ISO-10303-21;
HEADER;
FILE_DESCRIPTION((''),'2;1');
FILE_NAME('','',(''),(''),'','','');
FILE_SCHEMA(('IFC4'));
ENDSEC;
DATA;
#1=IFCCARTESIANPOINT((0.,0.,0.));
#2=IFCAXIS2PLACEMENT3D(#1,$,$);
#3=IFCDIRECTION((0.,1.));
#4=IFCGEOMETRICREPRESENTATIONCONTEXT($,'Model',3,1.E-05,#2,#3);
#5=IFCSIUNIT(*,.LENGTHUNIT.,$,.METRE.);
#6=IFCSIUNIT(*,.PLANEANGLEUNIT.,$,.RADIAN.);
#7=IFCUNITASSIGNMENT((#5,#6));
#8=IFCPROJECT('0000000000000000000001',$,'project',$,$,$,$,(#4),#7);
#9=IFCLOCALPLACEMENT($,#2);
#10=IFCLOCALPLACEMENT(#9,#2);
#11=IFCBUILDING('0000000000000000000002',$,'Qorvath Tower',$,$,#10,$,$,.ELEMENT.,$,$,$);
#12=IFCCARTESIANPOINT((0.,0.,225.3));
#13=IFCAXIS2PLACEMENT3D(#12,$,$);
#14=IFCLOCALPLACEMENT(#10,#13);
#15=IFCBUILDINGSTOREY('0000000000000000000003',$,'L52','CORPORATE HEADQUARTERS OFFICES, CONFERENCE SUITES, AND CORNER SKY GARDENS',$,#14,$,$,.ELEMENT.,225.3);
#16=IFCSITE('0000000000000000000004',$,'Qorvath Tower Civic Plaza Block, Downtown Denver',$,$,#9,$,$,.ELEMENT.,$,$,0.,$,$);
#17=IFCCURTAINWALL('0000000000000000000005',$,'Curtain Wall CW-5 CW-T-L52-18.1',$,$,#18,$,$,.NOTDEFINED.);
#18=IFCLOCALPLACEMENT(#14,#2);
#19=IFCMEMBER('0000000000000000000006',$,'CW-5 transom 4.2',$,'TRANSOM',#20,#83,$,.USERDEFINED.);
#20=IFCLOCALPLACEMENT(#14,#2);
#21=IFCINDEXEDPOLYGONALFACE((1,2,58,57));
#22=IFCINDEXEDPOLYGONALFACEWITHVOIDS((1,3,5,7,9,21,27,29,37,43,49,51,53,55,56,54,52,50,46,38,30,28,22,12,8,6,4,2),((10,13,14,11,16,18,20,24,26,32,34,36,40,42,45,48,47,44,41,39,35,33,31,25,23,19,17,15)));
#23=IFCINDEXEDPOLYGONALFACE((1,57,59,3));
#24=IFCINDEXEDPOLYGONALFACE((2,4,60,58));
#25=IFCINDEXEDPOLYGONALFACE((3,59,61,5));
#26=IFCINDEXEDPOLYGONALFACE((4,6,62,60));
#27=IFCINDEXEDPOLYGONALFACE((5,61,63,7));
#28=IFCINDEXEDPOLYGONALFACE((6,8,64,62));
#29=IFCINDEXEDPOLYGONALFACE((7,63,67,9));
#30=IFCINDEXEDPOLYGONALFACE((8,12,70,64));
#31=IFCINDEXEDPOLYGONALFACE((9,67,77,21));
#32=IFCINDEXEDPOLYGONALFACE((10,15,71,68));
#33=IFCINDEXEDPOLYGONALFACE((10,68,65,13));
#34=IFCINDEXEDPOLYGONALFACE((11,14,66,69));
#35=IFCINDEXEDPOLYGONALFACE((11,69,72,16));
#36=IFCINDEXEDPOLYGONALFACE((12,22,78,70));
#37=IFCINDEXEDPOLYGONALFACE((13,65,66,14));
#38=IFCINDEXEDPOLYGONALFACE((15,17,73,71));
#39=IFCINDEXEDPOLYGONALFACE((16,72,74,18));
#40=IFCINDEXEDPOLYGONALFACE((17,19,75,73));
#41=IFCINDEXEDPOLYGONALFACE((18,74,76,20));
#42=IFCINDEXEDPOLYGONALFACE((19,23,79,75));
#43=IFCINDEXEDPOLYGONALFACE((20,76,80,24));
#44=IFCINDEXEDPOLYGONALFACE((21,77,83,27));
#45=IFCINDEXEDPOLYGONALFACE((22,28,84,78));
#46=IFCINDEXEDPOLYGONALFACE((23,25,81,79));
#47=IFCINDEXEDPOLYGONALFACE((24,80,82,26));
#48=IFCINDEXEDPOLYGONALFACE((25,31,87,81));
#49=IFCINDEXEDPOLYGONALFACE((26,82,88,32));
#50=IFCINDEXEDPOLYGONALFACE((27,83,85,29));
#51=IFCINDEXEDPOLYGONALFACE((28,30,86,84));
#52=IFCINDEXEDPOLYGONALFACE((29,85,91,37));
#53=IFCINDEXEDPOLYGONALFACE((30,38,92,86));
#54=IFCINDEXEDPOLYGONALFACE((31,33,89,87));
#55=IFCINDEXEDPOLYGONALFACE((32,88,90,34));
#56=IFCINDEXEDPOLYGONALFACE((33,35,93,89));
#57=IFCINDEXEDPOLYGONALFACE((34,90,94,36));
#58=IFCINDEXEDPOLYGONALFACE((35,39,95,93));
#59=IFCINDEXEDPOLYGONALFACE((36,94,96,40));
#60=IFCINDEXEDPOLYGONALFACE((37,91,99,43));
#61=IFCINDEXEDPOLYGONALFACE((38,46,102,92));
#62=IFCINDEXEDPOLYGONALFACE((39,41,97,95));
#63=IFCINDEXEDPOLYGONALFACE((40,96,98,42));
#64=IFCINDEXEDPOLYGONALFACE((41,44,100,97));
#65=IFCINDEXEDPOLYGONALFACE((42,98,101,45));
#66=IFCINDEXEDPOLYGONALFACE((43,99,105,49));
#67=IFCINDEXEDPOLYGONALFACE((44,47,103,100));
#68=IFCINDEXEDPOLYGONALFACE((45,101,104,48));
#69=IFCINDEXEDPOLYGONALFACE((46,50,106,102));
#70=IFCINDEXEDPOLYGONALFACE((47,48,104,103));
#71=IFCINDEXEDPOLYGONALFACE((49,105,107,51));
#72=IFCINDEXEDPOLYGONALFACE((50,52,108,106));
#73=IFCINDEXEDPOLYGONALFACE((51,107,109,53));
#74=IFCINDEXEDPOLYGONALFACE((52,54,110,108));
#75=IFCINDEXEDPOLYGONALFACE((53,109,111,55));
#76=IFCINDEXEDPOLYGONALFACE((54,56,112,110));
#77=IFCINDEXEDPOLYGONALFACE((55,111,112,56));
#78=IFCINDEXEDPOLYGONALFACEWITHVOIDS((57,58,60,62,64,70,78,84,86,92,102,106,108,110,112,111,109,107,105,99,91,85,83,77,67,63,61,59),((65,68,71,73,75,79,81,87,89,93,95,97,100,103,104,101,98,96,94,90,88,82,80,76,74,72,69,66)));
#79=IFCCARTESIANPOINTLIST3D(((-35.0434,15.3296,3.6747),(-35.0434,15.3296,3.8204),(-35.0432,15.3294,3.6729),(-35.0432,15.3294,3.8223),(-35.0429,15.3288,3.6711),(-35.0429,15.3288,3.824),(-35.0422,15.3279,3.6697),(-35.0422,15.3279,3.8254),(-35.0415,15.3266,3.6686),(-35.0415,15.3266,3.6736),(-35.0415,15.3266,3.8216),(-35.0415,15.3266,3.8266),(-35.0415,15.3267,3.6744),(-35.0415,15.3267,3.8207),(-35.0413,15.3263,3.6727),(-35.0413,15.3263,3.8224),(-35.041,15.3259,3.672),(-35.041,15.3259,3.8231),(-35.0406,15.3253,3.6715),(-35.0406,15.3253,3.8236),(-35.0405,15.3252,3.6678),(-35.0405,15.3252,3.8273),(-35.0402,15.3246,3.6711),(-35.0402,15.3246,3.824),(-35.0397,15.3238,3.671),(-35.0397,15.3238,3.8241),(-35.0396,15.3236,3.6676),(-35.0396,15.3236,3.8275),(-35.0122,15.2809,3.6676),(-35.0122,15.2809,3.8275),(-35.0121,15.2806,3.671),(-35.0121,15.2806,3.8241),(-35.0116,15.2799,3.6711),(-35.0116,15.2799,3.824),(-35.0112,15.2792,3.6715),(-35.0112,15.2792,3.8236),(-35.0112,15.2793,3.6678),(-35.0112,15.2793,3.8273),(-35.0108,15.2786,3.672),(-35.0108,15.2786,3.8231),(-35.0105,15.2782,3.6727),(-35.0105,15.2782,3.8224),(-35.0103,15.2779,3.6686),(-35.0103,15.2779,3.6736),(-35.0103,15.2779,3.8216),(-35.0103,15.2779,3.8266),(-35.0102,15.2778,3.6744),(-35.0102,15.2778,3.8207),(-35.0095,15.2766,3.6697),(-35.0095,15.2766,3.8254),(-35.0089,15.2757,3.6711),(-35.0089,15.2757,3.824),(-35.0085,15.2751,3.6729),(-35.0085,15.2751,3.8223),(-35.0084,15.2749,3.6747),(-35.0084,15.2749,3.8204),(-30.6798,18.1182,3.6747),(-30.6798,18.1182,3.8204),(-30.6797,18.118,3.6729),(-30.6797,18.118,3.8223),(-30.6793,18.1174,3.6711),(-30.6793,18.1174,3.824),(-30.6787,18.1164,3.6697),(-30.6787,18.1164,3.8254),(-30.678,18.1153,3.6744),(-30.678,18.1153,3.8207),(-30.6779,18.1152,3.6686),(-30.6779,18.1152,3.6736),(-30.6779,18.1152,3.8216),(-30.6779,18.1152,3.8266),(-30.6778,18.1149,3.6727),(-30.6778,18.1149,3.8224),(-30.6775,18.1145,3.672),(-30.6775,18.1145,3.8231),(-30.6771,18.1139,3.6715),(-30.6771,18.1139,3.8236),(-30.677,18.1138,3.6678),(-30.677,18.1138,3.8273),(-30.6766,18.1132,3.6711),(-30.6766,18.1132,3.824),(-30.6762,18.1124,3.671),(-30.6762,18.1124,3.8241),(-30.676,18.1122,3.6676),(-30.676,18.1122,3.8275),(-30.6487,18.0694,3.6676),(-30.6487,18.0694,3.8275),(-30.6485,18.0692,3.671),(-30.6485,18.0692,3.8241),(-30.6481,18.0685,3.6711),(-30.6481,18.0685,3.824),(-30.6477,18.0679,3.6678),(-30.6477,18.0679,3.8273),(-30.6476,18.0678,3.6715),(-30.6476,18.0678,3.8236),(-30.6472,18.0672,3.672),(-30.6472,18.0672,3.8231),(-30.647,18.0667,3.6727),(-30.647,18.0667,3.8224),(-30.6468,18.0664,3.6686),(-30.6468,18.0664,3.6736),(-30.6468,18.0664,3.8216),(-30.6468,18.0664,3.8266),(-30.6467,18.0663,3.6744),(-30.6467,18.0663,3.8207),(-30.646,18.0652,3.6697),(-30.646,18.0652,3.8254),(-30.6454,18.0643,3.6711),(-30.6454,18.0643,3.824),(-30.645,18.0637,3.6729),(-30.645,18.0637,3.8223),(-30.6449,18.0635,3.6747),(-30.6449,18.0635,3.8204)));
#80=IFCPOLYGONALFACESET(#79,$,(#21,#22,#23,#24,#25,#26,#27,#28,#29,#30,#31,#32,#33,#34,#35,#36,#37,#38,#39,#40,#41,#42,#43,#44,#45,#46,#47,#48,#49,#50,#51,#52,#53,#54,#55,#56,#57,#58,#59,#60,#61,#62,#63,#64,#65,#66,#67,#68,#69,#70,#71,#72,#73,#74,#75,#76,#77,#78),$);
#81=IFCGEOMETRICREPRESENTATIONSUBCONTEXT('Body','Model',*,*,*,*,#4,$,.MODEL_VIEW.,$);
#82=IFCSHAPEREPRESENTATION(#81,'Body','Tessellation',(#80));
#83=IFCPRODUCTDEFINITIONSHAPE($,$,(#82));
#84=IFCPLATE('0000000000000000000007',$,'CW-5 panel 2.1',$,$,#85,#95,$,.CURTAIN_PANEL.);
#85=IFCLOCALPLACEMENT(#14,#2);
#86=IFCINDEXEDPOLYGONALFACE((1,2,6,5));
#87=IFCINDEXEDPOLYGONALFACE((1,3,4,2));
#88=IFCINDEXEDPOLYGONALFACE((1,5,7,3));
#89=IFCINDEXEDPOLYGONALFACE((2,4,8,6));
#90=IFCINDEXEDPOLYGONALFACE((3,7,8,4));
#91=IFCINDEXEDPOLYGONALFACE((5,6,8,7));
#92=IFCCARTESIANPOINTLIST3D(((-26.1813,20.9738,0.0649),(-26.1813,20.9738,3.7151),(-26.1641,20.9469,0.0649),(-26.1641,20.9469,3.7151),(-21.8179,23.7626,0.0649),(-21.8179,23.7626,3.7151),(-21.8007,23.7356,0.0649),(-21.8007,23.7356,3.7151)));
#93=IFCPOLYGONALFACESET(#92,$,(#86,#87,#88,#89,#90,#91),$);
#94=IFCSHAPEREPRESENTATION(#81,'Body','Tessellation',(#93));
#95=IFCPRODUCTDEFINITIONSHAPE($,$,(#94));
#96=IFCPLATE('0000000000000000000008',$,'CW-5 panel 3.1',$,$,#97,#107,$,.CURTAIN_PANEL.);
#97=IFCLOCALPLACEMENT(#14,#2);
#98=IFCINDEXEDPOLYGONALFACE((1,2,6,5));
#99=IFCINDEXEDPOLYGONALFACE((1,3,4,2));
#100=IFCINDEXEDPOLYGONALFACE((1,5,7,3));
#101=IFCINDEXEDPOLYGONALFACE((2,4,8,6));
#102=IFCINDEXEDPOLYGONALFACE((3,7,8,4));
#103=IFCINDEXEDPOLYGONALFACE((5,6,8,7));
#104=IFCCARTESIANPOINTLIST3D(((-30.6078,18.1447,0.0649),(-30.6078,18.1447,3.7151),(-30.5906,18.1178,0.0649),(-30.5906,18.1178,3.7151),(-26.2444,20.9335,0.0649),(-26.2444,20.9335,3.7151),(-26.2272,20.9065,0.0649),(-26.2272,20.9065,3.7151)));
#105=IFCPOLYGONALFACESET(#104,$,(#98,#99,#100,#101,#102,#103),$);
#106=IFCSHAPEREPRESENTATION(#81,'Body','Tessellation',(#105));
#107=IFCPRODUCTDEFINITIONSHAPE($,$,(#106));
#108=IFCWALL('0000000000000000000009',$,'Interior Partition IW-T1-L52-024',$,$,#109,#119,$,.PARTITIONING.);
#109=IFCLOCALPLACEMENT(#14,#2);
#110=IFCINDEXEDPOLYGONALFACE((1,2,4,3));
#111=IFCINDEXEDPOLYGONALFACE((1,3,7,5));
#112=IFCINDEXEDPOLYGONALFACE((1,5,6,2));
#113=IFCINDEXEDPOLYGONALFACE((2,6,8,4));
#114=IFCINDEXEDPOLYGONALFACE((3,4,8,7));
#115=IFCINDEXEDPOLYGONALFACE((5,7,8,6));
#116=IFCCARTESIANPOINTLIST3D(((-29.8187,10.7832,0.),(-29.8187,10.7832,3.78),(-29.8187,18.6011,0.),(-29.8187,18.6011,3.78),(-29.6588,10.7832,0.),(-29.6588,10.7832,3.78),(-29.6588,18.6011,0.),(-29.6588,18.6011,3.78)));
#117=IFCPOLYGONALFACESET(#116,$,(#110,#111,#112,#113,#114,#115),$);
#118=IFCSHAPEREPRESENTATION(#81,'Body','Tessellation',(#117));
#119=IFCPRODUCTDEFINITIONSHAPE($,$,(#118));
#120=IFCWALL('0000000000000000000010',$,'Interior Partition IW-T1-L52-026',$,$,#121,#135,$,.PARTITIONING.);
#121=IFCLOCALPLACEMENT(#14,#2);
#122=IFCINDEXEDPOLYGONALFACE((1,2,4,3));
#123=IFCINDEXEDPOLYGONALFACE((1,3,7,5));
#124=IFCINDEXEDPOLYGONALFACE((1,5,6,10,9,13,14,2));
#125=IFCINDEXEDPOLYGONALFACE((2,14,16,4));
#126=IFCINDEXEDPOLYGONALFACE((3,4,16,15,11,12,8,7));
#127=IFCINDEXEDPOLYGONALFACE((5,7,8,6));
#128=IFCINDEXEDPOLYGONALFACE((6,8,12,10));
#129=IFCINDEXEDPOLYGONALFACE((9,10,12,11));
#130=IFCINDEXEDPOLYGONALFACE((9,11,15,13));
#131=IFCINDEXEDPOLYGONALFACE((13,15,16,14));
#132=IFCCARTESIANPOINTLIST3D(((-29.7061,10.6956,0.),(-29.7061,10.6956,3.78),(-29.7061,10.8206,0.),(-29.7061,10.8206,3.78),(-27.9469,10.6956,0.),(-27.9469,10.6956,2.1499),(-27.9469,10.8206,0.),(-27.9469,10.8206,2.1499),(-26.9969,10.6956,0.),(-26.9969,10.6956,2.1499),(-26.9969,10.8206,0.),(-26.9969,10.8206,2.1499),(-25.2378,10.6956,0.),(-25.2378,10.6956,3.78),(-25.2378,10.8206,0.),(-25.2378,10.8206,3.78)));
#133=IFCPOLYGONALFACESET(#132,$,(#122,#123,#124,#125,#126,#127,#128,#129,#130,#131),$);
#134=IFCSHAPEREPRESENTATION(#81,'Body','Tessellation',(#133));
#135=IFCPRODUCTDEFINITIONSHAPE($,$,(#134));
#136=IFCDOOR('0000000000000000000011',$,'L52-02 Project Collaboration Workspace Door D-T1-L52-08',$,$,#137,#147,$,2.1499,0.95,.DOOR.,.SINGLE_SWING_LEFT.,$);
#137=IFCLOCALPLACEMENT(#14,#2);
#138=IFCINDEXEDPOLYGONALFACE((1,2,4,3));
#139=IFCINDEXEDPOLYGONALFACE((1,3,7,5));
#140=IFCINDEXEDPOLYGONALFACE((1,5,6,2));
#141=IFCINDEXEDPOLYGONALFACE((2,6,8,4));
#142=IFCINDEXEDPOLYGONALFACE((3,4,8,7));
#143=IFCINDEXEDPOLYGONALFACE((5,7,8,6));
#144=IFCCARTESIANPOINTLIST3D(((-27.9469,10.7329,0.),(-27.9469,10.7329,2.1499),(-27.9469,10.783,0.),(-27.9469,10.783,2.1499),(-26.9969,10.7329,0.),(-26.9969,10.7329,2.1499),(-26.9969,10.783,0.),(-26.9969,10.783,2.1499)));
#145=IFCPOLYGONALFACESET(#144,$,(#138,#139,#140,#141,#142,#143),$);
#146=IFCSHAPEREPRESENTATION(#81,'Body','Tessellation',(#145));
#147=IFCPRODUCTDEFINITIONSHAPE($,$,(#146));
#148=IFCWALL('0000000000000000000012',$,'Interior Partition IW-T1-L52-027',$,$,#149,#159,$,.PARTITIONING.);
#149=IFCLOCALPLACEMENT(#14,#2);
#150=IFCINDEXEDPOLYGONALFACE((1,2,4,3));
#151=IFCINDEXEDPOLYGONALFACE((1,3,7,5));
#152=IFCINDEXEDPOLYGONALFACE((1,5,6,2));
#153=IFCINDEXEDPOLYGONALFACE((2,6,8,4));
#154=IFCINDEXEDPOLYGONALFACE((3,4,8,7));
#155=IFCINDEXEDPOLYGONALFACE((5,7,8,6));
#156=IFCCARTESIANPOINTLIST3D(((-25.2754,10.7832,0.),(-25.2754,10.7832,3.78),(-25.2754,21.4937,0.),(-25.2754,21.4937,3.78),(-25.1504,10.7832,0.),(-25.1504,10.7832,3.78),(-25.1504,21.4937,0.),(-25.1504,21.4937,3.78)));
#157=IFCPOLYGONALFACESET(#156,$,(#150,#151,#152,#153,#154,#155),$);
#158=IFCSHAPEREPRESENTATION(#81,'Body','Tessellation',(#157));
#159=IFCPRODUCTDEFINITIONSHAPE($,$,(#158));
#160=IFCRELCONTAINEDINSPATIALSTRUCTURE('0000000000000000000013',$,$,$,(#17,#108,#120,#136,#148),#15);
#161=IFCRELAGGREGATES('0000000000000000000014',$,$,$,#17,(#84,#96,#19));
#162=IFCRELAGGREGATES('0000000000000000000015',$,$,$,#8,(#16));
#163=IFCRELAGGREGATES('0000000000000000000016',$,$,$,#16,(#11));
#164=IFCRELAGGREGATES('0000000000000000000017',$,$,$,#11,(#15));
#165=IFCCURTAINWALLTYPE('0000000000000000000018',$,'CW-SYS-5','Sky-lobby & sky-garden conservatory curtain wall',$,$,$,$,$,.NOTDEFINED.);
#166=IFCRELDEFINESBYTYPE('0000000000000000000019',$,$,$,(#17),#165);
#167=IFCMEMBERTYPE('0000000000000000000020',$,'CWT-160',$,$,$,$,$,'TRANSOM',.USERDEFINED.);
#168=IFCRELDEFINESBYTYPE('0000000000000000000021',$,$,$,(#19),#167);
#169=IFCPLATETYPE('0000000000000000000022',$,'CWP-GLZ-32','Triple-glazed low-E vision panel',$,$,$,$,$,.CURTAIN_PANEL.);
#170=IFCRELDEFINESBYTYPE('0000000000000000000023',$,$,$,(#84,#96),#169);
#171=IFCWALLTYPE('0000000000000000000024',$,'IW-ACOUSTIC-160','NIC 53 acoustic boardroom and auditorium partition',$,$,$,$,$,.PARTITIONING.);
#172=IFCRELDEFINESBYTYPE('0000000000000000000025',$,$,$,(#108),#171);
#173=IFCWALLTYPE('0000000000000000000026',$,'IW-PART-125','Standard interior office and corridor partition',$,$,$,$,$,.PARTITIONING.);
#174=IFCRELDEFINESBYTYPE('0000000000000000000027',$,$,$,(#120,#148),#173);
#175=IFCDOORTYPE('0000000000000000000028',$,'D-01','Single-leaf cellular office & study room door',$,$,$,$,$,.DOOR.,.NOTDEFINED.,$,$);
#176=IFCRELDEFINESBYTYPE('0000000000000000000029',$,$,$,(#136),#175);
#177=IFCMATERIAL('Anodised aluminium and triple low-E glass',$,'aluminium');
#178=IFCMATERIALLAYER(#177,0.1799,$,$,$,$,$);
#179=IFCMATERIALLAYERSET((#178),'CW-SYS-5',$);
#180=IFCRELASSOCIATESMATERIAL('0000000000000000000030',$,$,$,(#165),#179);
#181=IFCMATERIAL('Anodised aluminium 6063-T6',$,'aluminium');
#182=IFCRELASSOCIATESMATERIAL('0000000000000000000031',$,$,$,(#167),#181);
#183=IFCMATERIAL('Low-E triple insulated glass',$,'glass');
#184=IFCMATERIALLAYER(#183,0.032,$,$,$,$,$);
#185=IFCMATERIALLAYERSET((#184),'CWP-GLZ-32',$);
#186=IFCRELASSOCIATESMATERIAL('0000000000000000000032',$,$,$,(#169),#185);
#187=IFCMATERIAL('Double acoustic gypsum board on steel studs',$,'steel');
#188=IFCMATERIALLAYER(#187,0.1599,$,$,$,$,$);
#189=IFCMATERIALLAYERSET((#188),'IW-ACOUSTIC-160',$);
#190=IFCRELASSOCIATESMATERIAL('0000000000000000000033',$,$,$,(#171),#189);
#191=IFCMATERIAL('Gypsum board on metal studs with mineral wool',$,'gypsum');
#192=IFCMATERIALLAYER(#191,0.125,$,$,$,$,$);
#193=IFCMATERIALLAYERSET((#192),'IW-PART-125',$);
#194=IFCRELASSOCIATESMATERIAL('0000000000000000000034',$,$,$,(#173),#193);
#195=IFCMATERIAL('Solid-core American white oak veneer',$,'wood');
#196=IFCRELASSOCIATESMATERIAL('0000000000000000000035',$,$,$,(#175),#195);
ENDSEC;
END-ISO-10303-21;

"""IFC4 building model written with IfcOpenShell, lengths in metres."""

from ifc_helpers import new_model, si_unit, direction, frame, frame_2d, origin, origin_2d, place, context, subcontext, project, spatial, rectangle, hollow_rectangle, extrude, material, layer, layer_set, material_profile, profile_set, type_object, element, fill, aggregate, save


model = new_model("IFC4")

# Units and contexts
model_context = context("Model", 3, precision=1e-05, world=origin(), true_north=direction((0.0, 1.0)))
body_context = subcontext(model_context, "Body", "Model", "MODEL_VIEW")
ifc_project = project(units=[si_unit("LENGTHUNIT", "METRE"), si_unit("PLANEANGLEUNIT", "RADIAN")], contexts=[model_context])

# Site, building, storey
site_placement = place(None, origin())
site = spatial("IfcSite", under=ifc_project, at=site_placement, Name="Qorvath Tower Civic Plaza Block, Downtown Denver", CompositionType="ELEMENT", RefElevation=0.0)
building_placement = place(site_placement, origin())
building = spatial("IfcBuilding", under=site, at=building_placement, Name="Qorvath Tower", CompositionType="ELEMENT")
storey_placement = place(building_placement, frame((0.0, 0.0, 225.3)))
storey = spatial("IfcBuildingStorey", under=building, at=storey_placement, Name="L52", Description="CORPORATE HEADQUARTERS OFFICES, CONFERENCE SUITES, AND CORNER SKY GARDENS", CompositionType="ELEMENT", Elevation=225.3)

# Curtain wall, member, plates
ifc_material_1 = material(Name="Anodised aluminium and triple low-E glass", Category="aluminium")
ifc_layer_1 = layer(ifc_material_1, 0.1799)
ifc_layer_set_1 = layer_set([ifc_layer_1], Name="CW-SYS-5")
curtain_wall_type = type_object("IfcCurtainWallType", Name="CW-SYS-5", Description="Sky-lobby & sky-garden conservatory curtain wall", PredefinedType="NOTDEFINED", material=ifc_layer_set_1)
curtain_wall_placement = place(storey_placement, origin())
curtain_wall = element("IfcCurtainWall", 1, at=curtain_wall_placement, inside=storey, type_object=curtain_wall_type, Name="Curtain Wall CW-5 CW-T-L52-18.1", PredefinedType="NOTDEFINED")
ifc_material_2 = material(Name="Anodised aluminium 6063-T6", Category="aluminium")
ifc_material_profile_1 = material_profile(ifc_material_2, hollow_rectangle(XDim=0.0649, YDim=0.1599, WallThickness=0.0034, InnerFilletRadius=0.0034, OuterFilletRadius=0.0071, at=origin_2d()), Name="CWT 160x65")
ifc_profile_set_1 = profile_set([ifc_material_profile_1], Name="Anodised aluminium 6063-T6")
member_type_1 = type_object("IfcMemberType", Name="CWT-160", ElementType="TRANSOM", PredefinedType="USERDEFINED", material=ifc_profile_set_1)
member_1_placement = place(storey_placement, frame((-30.6624, 18.0908, 3.7476), z_axis=(-0.842629, -0.538494, 0.0), x_axis=(0.538494, -0.842629, 0.0)))
member_1 = element("IfcMember", 2, at=member_1_placement, type_object=member_type_1, Name="CW-5 transom 4.2", ObjectType="TRANSOM", PredefinedType="USERDEFINED", context=body_context, shape_type="SweptSolid", body=[
    extrude(hollow_rectangle(XDim=0.0649, YDim=0.1599, WallThickness=0.0034, InnerFilletRadius=0.0034, OuterFilletRadius=0.0071, at=origin_2d()), origin(), (0.0, 0.0, 1.0), 5.1785),
])
ifc_material_3 = material(Name="Low-E triple insulated glass", Category="glass")
ifc_layer_2 = layer(ifc_material_3, 0.032)
ifc_layer_set_2 = layer_set([ifc_layer_2], Name="CWP-GLZ-32")
plate_type = type_object("IfcPlateType", Name="CWP-GLZ-32", Description="Triple-glazed low-E vision panel", PredefinedType="CURTAIN_PANEL", material=ifc_layer_set_2)
plate_1_placement = place(storey_placement, frame((-23.991, 22.3547, 0.0649), z_axis=(0.0, 0.0, 1.0), x_axis=(-0.842606, -0.538531, 0.0)))
plate_1 = element("IfcPlate", 3, at=plate_1_placement, type_object=plate_type, Name="CW-5 panel 2.1", PredefinedType="CURTAIN_PANEL", context=body_context, shape_type="SweptSolid", body=[
    extrude(rectangle(XDim=5.1785, YDim=0.032, at=origin_2d()), origin(), (0.0, 0.0, 1.0), 3.6501),
])
plate_2_placement = place(storey_placement, frame((-28.4175, 19.5256, 0.0649), z_axis=(0.0, 0.0, 1.0), x_axis=(-0.842606, -0.538531, 0.0)))
plate_2 = element("IfcPlate", 4, at=plate_2_placement, type_object=plate_type, Name="CW-5 panel 3.1", PredefinedType="CURTAIN_PANEL", context=body_context, shape_type="SweptSolid", body=[
    extrude(rectangle(XDim=5.1785, YDim=0.032, at=origin_2d()), origin(), (0.0, 0.0, 1.0), 3.6501),
])
aggregate(curtain_wall, [plate_1, plate_2, member_1])

# Wall
ifc_material_4 = material(Name="Double acoustic gypsum board on steel studs", Category="steel")
ifc_layer_3 = layer(ifc_material_4, 0.1599)
ifc_layer_set_3 = layer_set([ifc_layer_3], Name="IW-ACOUSTIC-160")
wall_type_1 = type_object("IfcWallType", Name="IW-ACOUSTIC-160", Description="NIC 53 acoustic boardroom and auditorium partition", PredefinedType="PARTITIONING", material=ifc_layer_set_3)
wall_1_placement = place(storey_placement, frame((-29.7388, 10.7832, 0.0), z_axis=(0.0, 0.0, 1.0), x_axis=(0.0, 1.0, 0.0)))
element("IfcWall", 5, at=wall_1_placement, inside=storey, type_object=wall_type_1, Name="Interior Partition IW-T1-L52-024", PredefinedType="PARTITIONING", context=body_context, shape_type="SweptSolid", body=[
    extrude(rectangle(XDim=7.8179, YDim=0.1599, at=frame_2d((3.9089, 0.0))), origin(), (0.0, 0.0, 1.0), 3.78),
])

# Wall, opening, door
ifc_material_5 = material(Name="Gypsum board on metal studs with mineral wool", Category="gypsum")
ifc_layer_4 = layer(ifc_material_5, 0.125)
ifc_layer_set_4 = layer_set([ifc_layer_4], Name="IW-PART-125")
wall_type_2 = type_object("IfcWallType", Name="IW-PART-125", Description="Standard interior office and corridor partition", PredefinedType="PARTITIONING", material=ifc_layer_set_4)
wall_2_placement = place(storey_placement, frame((-29.7061, 10.7581, 0.0), z_axis=(0.0, 0.0, 1.0), x_axis=(1.0, 0.0, 0.0)))
wall_2 = element("IfcWall", 6, at=wall_2_placement, inside=storey, type_object=wall_type_2, Name="Interior Partition IW-T1-L52-026", PredefinedType="PARTITIONING", context=body_context, shape_type="SweptSolid", body=[
    extrude(rectangle(XDim=4.4683, YDim=0.125, at=frame_2d((2.2341, 0.0))), origin(), (0.0, 0.0, 1.0), 3.78),
])
opening_1_placement = place(wall_2_placement, frame((1.759, 0.0, 0.0)))
opening_1 = element("IfcOpeningElement", 7, at=opening_1_placement, cuts=wall_2, PredefinedType="OPENING", context=body_context, shape_type="SweptSolid", body=[
    extrude(rectangle(XDim=0.95, YDim=2.1499, at=frame_2d((0.4751, 1.075))), frame((0.0, 0.0725, 0.0), z_axis=(0.0, -1.0, 0.0), x_axis=(1.0, 0.0, 0.0)), (0.0, 0.0, 1.0), 0.145),
])
ifc_material_6 = material(Name="Solid-core American white oak veneer", Category="wood")
door_type = type_object("IfcDoorType", Name="D-01", Description="Single-leaf cellular office & study room door", OperationType="NOTDEFINED", PredefinedType="DOOR", material=ifc_material_6)
door_1_placement = place(opening_1_placement, origin())
door_1 = element("IfcDoor", 8, at=door_1_placement, inside=storey, type_object=door_type, Name="L52-02 Project Collaboration Workspace Door D-T1-L52-08", OperationType="SINGLE_SWING_LEFT", OverallHeight=2.1499, OverallWidth=0.95, PredefinedType="DOOR", context=body_context, shape_type="SweptSolid", body=[
    extrude(rectangle(XDim=0.95, YDim=2.1499, at=frame_2d((0.4751, 1.075))), frame((0.0, 0.0249, 0.0), z_axis=(0.0, -1.0, 0.0), x_axis=(1.0, 0.0, 0.0)), (0.0, 0.0, 1.0), 0.05),
])
fill(opening_1, door_1)

# Wall
wall_3_placement = place(storey_placement, frame((-25.2129, 10.7832, 0.0), z_axis=(0.0, 0.0, 1.0), x_axis=(0.0, 1.0, 0.0)))
element("IfcWall", 9, at=wall_3_placement, inside=storey, type_object=wall_type_2, Name="Interior Partition IW-T1-L52-027", PredefinedType="PARTITIONING", context=body_context, shape_type="SweptSolid", body=[
    extrude(rectangle(XDim=10.7104, YDim=0.125, at=frame_2d((5.3552, 0.0))), origin(), (0.0, 0.0, 1.0), 3.78),
])

save(model, "model.ifc")
